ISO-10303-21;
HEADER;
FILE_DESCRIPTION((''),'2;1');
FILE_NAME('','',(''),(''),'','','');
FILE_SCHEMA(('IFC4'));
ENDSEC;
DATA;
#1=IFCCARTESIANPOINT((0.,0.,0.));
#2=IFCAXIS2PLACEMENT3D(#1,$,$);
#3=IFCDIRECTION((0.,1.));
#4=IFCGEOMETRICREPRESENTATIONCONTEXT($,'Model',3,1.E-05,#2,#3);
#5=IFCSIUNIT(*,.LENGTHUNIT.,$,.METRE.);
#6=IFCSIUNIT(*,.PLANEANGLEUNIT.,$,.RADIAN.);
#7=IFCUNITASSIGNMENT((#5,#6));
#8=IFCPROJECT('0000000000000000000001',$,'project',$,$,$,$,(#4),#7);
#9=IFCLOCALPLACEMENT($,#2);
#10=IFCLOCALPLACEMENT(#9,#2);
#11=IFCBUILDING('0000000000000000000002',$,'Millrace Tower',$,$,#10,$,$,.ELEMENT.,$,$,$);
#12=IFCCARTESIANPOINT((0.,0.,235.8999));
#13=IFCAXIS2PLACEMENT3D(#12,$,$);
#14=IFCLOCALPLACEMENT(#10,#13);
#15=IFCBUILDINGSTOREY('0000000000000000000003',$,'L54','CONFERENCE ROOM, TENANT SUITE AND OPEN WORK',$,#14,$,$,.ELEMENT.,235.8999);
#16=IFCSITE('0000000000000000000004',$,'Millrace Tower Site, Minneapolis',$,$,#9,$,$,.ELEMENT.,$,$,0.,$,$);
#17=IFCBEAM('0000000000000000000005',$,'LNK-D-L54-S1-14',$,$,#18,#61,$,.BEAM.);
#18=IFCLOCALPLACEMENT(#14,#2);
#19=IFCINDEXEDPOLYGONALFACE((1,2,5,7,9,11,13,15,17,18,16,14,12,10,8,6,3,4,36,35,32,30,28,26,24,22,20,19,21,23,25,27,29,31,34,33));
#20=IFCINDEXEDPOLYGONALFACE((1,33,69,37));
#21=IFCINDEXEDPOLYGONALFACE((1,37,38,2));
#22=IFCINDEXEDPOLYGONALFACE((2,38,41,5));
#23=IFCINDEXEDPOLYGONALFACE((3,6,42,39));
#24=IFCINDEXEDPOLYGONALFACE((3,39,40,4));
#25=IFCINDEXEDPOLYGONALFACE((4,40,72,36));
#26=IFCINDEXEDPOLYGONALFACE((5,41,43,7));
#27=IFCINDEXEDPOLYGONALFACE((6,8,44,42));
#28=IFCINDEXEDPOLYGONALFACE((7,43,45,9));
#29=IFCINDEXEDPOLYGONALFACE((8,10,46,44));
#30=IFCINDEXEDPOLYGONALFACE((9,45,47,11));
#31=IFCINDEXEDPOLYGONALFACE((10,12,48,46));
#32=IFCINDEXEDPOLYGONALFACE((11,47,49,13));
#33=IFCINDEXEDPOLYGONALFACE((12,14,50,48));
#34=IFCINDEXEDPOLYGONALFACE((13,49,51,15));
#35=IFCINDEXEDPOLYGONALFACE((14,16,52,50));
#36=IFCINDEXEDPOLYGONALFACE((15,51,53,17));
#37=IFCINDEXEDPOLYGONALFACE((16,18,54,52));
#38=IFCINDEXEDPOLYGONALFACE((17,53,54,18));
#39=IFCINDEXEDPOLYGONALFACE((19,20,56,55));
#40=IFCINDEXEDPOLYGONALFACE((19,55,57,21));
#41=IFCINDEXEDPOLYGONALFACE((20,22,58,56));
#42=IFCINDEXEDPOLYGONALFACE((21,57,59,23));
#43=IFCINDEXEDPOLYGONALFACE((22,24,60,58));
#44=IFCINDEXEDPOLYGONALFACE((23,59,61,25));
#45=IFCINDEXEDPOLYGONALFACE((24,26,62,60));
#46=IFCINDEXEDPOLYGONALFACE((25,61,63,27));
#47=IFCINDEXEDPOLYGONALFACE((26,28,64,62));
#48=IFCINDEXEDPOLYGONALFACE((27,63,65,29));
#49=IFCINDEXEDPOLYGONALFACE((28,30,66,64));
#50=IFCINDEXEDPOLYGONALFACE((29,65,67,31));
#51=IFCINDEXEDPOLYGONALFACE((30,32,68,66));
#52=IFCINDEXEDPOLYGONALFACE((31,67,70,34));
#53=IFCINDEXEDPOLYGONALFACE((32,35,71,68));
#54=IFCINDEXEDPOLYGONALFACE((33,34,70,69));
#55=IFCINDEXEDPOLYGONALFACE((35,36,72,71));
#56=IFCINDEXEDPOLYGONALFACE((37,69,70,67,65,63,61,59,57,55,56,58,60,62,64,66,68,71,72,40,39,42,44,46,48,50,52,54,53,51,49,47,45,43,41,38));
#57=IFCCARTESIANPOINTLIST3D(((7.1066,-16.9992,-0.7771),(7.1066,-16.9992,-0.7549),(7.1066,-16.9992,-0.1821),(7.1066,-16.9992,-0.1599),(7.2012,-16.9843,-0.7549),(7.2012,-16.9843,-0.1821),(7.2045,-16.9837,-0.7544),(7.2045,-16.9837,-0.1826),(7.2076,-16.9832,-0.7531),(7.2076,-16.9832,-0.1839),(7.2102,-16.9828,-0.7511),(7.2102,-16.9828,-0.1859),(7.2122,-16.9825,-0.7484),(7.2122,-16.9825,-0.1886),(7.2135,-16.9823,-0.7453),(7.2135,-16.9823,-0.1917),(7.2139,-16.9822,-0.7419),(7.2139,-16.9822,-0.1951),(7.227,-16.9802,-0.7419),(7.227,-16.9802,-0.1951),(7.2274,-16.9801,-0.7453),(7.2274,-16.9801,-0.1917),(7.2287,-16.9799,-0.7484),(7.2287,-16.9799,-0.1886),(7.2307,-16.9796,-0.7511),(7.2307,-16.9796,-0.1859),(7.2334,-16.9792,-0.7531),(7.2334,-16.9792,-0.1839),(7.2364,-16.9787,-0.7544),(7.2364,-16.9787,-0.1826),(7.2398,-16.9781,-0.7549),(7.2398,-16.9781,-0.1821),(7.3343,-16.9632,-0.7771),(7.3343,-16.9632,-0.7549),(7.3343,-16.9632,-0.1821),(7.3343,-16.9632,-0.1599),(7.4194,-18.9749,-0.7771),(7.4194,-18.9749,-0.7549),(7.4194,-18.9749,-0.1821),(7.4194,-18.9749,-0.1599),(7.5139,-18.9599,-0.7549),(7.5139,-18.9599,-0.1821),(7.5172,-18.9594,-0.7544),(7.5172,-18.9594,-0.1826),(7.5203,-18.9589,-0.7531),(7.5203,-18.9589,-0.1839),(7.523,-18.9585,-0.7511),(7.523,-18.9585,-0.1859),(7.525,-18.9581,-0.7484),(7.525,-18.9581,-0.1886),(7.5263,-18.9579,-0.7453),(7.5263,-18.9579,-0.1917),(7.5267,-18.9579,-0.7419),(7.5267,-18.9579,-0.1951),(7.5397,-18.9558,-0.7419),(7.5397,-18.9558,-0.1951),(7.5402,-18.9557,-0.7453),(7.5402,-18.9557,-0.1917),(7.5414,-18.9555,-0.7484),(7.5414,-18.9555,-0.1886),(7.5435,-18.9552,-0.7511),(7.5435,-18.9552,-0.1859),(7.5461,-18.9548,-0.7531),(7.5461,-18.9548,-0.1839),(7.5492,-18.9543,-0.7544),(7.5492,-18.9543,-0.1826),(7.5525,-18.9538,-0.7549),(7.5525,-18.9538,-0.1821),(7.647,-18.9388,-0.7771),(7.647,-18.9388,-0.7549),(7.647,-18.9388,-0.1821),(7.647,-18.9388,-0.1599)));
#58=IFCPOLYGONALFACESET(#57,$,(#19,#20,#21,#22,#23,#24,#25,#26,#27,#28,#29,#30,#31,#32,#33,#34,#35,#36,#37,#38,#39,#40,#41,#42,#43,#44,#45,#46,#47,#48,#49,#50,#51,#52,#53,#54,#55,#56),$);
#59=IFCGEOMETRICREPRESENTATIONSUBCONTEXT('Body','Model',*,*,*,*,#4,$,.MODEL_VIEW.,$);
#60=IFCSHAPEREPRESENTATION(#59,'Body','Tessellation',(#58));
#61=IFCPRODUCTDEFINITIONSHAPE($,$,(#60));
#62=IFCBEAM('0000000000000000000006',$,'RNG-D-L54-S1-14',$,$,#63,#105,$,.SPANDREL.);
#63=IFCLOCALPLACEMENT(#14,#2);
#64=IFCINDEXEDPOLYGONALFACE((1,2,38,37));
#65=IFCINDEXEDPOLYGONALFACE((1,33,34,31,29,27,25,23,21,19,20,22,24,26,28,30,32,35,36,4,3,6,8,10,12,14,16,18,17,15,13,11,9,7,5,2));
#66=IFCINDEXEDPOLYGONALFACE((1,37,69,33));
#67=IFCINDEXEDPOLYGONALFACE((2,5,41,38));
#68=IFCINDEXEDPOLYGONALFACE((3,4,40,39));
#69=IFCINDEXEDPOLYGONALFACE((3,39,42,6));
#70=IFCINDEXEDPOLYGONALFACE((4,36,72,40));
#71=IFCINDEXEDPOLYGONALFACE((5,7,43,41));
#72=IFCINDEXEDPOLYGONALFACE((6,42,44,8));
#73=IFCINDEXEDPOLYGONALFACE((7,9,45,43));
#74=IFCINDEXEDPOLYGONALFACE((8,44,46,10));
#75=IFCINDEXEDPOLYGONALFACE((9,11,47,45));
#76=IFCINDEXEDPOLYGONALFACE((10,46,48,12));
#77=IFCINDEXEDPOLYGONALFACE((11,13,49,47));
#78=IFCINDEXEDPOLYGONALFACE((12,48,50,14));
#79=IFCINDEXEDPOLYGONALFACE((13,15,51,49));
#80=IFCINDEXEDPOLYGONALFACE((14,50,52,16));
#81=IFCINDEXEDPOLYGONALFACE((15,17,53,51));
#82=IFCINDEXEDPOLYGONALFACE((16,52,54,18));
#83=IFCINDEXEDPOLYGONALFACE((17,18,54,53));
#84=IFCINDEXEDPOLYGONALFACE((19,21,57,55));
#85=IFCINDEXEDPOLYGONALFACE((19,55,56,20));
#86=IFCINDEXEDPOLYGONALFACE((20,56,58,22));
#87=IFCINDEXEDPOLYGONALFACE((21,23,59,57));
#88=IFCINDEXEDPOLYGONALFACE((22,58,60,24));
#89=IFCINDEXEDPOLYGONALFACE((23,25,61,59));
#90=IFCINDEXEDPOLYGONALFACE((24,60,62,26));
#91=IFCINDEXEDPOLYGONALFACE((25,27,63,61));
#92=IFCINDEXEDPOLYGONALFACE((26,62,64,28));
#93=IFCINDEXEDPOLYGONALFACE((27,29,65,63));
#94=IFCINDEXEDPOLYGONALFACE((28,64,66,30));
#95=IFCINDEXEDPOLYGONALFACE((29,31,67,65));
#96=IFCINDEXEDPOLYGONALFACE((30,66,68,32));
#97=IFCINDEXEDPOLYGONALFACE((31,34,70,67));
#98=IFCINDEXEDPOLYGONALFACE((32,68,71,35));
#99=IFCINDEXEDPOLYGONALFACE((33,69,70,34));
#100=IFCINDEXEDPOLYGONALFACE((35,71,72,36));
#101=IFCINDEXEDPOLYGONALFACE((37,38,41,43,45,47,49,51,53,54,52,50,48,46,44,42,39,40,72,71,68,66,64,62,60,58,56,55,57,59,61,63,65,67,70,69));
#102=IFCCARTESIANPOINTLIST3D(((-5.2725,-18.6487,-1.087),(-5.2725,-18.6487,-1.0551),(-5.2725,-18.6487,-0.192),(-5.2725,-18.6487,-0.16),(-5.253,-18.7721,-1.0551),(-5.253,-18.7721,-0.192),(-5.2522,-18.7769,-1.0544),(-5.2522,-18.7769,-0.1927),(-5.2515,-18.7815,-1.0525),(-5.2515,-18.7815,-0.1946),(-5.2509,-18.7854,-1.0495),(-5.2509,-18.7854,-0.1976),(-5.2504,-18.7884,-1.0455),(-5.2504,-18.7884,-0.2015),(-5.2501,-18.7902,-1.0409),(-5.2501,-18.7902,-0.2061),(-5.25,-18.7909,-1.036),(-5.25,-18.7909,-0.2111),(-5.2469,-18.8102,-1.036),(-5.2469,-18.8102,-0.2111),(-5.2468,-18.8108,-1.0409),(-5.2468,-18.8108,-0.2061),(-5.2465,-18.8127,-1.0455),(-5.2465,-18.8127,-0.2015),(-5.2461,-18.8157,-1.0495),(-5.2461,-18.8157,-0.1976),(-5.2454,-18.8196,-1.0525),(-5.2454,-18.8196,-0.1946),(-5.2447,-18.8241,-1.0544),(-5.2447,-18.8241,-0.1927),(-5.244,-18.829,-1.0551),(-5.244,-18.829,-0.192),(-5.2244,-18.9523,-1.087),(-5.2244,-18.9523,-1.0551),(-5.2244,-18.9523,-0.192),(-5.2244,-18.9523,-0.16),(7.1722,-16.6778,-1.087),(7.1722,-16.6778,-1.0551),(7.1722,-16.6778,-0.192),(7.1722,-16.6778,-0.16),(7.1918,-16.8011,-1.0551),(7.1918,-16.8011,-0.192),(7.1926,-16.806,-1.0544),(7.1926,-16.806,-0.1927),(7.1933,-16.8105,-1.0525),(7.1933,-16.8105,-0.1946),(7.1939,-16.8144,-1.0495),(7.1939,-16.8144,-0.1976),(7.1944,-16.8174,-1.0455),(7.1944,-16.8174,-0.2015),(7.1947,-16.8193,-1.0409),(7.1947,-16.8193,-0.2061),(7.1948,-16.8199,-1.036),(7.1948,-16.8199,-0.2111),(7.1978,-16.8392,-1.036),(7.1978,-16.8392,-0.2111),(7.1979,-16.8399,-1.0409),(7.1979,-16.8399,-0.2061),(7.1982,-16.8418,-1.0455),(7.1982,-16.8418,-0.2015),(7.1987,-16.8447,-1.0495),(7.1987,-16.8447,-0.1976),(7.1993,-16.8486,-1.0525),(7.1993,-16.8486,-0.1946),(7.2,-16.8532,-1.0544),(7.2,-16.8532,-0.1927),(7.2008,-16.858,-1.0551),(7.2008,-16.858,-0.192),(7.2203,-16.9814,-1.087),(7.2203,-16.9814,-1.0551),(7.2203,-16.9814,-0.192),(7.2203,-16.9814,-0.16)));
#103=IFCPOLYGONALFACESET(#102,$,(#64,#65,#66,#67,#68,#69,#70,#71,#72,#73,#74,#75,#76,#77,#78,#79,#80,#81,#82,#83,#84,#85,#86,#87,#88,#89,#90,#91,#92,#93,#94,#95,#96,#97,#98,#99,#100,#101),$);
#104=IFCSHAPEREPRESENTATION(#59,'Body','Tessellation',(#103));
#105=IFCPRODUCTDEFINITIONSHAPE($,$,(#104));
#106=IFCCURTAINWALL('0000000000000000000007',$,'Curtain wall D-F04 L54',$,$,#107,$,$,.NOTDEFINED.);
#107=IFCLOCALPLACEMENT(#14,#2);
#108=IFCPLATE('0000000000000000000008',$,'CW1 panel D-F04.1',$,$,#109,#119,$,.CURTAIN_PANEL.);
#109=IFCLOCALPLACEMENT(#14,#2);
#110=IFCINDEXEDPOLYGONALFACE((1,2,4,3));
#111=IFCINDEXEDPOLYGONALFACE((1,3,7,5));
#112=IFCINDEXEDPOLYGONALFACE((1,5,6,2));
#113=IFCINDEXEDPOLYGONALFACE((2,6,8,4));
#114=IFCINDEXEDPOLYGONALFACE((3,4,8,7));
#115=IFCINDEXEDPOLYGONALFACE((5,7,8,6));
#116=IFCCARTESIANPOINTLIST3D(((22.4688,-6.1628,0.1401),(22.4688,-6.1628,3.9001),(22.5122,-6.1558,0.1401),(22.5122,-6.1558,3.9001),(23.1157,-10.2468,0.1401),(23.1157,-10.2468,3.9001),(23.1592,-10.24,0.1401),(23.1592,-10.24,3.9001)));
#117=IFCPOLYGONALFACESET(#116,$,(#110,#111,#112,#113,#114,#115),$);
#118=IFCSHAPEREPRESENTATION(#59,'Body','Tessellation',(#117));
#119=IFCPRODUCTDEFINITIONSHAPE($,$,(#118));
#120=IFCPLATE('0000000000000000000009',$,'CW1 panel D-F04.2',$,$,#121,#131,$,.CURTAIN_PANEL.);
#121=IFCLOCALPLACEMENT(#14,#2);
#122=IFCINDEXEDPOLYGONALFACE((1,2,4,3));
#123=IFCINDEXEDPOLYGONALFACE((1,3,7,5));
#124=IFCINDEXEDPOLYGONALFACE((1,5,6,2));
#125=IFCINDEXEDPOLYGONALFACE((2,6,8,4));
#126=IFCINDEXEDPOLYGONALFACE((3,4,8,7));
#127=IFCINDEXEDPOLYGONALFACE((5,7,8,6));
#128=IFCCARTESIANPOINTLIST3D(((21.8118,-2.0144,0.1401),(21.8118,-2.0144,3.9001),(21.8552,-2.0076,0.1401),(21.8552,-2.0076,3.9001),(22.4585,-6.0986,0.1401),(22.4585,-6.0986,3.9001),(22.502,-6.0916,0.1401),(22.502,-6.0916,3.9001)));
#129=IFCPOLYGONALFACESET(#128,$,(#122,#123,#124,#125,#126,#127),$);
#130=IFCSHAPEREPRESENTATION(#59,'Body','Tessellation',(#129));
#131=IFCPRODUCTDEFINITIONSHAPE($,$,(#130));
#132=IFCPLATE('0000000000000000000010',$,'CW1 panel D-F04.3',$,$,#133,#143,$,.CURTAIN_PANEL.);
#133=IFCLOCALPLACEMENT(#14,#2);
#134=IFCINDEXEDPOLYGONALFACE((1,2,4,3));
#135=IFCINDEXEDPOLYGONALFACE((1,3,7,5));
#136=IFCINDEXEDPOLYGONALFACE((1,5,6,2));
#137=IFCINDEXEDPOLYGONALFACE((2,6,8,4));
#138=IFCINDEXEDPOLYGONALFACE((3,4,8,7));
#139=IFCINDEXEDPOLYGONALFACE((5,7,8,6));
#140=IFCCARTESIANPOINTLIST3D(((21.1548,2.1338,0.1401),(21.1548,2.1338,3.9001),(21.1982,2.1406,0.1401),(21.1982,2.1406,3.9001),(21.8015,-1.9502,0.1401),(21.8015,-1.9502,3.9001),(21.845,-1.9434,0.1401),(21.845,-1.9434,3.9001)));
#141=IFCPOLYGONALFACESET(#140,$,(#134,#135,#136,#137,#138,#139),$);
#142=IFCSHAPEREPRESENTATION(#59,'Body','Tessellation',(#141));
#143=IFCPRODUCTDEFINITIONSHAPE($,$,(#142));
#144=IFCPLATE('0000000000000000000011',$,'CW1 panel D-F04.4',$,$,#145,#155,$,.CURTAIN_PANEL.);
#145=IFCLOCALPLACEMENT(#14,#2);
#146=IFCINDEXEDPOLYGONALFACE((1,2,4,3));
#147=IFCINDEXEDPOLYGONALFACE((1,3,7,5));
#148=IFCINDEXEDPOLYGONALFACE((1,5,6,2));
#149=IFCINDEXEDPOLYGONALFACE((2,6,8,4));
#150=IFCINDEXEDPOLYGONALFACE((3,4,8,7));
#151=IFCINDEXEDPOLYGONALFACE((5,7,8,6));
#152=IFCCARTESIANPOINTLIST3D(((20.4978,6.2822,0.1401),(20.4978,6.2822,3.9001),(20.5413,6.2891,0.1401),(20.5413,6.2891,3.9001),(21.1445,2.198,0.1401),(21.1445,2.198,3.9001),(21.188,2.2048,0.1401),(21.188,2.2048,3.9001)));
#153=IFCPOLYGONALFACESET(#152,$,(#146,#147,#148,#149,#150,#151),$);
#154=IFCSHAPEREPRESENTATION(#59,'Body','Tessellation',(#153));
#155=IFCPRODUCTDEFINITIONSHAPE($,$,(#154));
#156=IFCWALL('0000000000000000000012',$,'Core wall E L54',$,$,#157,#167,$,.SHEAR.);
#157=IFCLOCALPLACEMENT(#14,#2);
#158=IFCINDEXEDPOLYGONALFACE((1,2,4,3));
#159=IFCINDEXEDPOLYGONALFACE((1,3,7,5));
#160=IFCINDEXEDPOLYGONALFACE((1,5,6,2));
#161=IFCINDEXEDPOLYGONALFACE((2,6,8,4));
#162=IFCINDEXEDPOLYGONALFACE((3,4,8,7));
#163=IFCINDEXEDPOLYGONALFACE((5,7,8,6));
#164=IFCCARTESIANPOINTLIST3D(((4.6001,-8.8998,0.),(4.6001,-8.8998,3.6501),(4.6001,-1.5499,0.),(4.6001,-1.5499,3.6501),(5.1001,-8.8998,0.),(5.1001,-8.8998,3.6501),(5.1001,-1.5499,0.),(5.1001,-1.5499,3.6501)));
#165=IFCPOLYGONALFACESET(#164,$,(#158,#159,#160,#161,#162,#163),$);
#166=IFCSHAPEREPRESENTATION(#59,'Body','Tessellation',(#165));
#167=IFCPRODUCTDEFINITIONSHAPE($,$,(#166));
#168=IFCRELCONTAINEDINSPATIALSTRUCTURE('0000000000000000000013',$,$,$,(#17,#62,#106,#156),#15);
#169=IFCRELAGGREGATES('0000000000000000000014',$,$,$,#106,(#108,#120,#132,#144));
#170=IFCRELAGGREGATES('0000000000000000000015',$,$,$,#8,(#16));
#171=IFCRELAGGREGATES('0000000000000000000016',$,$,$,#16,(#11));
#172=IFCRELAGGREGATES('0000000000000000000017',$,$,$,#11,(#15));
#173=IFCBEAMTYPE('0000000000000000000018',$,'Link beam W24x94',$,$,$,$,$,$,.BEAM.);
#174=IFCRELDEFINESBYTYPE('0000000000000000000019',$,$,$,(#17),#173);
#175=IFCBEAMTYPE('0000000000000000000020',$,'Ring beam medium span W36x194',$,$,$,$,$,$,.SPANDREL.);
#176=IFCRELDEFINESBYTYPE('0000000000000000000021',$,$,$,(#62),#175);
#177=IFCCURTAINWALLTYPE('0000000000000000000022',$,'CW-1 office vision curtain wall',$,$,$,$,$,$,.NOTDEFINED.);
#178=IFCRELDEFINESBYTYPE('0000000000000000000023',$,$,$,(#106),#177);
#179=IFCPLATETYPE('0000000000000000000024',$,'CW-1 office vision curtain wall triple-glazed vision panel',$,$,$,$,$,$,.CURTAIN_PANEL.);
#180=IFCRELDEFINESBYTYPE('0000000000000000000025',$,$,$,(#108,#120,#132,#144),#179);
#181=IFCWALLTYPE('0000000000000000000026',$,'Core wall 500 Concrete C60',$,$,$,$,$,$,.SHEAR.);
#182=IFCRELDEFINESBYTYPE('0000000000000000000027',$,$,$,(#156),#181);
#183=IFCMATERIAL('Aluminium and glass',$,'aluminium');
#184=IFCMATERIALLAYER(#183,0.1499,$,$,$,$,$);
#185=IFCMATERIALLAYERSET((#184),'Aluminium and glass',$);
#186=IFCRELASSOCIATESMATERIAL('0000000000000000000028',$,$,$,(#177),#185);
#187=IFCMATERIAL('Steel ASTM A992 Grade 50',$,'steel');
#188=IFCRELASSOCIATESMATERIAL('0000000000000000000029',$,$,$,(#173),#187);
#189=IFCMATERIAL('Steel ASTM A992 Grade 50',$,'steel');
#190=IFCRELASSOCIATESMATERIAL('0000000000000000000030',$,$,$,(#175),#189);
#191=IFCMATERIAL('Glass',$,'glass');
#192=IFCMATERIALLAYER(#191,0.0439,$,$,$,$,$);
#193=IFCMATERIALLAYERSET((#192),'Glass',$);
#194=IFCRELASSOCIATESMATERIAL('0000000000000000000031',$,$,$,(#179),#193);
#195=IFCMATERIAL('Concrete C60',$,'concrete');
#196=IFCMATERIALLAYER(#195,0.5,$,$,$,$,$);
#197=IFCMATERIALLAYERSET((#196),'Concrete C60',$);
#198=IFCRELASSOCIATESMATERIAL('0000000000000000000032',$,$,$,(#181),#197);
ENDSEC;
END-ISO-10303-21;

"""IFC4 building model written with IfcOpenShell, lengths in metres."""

from ifc_helpers import new_model, si_unit, direction, frame, frame_2d, origin, origin_2d, place, context, subcontext, project, spatial, polyline, rectangle, i_section, outline, extrude, material, layer, layer_set, material_profile, profile_set, type_object, element, aggregate, save


model = new_model("IFC4")

# Units and contexts
model_context = context("Model", 3, precision=1e-05, world=origin(), true_north=direction((0.0, 1.0)))
body_context = subcontext(model_context, "Body", "Model", "MODEL_VIEW")
ifc_project = project(units=[si_unit("LENGTHUNIT", "METRE"), si_unit("PLANEANGLEUNIT", "RADIAN")], contexts=[model_context])

# Site, building, storey
site_placement = place(None, origin())
site = spatial("IfcSite", under=ifc_project, at=site_placement, Name="Millrace Tower Site, Minneapolis", CompositionType="ELEMENT", RefElevation=0.0)
building_placement = place(site_placement, origin())
building = spatial("IfcBuilding", under=site, at=building_placement, Name="Millrace Tower", CompositionType="ELEMENT")
storey_placement = place(building_placement, frame((0.0, 0.0, 235.8999)))
storey = spatial("IfcBuildingStorey", under=building, at=storey_placement, Name="L54", Description="CONFERENCE ROOM, TENANT SUITE AND OPEN WORK", CompositionType="ELEMENT", Elevation=235.8999)

# Shared definitions
ifc_material_1 = material(Name="Aluminium and glass", Category="aluminium")
ifc_layer_1 = layer(ifc_material_1, 0.1499)
ifc_layer_set_1 = layer_set([ifc_layer_1], Name="Aluminium and glass")
curtain_wall_type = type_object("IfcCurtainWallType", Name="CW-1 office vision curtain wall", PredefinedType="NOTDEFINED", material=ifc_layer_set_1)
placement_1 = place(storey_placement, origin())

# Beams
ifc_material_2 = material(Name="Steel ASTM A992 Grade 50", Category="steel")
ifc_material_profile_1 = material_profile(ifc_material_2, i_section(OverallWidth=0.2305, OverallDepth=0.6172, WebThickness=0.0132, FlangeThickness=0.0222, FilletRadius=0.0129, at=origin_2d()))
ifc_profile_set_1 = profile_set([ifc_material_profile_1], Name="Steel ASTM A992 Grade 50")
beam_type_1 = type_object("IfcBeamType", Name="Link beam W24x94", PredefinedType="BEAM", material=ifc_profile_set_1)
beam_1_placement = place(storey_placement, frame((7.2205, -16.9812, -0.4685), z_axis=(0.156357, -0.987701, 0.0), x_axis=(0.987701, 0.156357, 0.0)))
element("IfcBeam", 1, at=beam_1_placement, inside=storey, type_object=beam_type_1, Name="LNK-D-L54-S1-14", PredefinedType="BEAM", context=body_context, shape_type="SweptSolid", body=[
    extrude(i_section(OverallWidth=0.2305, OverallDepth=0.6172, WebThickness=0.0132, FlangeThickness=0.0222, FilletRadius=0.0129, at=origin_2d()), origin(), (0.0, 0.0, 1.0), 2.0002),
])
ifc_material_3 = material(Name="Steel ASTM A992 Grade 50", Category="steel")
ifc_material_profile_2 = material_profile(ifc_material_3, i_section(OverallWidth=0.3074, OverallDepth=0.927, WebThickness=0.0195, FlangeThickness=0.032, FilletRadius=0.019, at=origin_2d()))
ifc_profile_set_2 = profile_set([ifc_material_profile_2], Name="Steel ASTM A992 Grade 50")
beam_type_2 = type_object("IfcBeamType", Name="Ring beam medium span W36x194", PredefinedType="SPANDREL", material=ifc_profile_set_2)
beam_2_placement = place(storey_placement, frame((7.1963, -16.8296, -0.6235), z_axis=(-0.98769, -0.156425, 0.0), x_axis=(0.156425, -0.98769, 0.0)))
element("IfcBeam", 2, at=beam_2_placement, inside=storey, type_object=beam_type_2, Name="RNG-D-L54-S1-14", PredefinedType="SPANDREL", context=body_context, shape_type="SweptSolid", body=[
    extrude(i_section(OverallWidth=0.3074, OverallDepth=0.927, WebThickness=0.0195, FlangeThickness=0.032, FilletRadius=0.019, at=origin_2d()), origin(), (0.0, 0.0, 1.0), 12.5999),
])

# Curtain wall, plates
curtain_wall_1 = element("IfcCurtainWall", 3, at=placement_1, inside=storey, type_object=curtain_wall_type, Name="Curtain wall D-F04 L54", PredefinedType="NOTDEFINED")
ifc_material_4 = material(Name="Glass", Category="glass")
ifc_layer_2 = layer(ifc_material_4, 0.0439)
ifc_layer_set_2 = layer_set([ifc_layer_2], Name="Glass")
plate_type = type_object("IfcPlateType", Name="CW-1 office vision curtain wall triple-glazed vision panel", PredefinedType="CURTAIN_PANEL", material=ifc_layer_set_2)
placement_2 = place(storey_placement, frame((0.0, 0.0, 0.1401)))
plate_1 = element("IfcPlate", 4, at=placement_2, type_object=plate_type, Name="CW1 panel D-F04.1", PredefinedType="CURTAIN_PANEL", context=body_context, shape_type="SweptSolid", body=[
    extrude(outline(polyline([(23.1592, -10.24), (22.5122, -6.1558), (22.4688, -6.1628), (23.1157, -10.2468), (23.1592, -10.24)])), origin(), (0.0, 0.0, 1.0), 3.76),
])
plate_2 = element("IfcPlate", 5, at=placement_2, type_object=plate_type, Name="CW1 panel D-F04.2", PredefinedType="CURTAIN_PANEL", context=body_context, shape_type="SweptSolid", body=[
    extrude(outline(polyline([(22.502, -6.0916), (21.8552, -2.0076), (21.8118, -2.0144), (22.4585, -6.0986), (22.502, -6.0916)])), origin(), (0.0, 0.0, 1.0), 3.76),
])
plate_3 = element("IfcPlate", 6, at=placement_2, type_object=plate_type, Name="CW1 panel D-F04.3", PredefinedType="CURTAIN_PANEL", context=body_context, shape_type="SweptSolid", body=[
    extrude(outline(polyline([(21.845, -1.9434), (21.1982, 2.1406), (21.1548, 2.1338), (21.8015, -1.9502), (21.845, -1.9434)])), origin(), (0.0, 0.0, 1.0), 3.76),
])
plate_4 = element("IfcPlate", 7, at=placement_2, type_object=plate_type, Name="CW1 panel D-F04.4", PredefinedType="CURTAIN_PANEL", context=body_context, shape_type="SweptSolid", body=[
    extrude(outline(polyline([(21.188, 2.2048), (20.5413, 6.2891), (20.4978, 6.2822), (21.1445, 2.198), (21.188, 2.2048)])), origin(), (0.0, 0.0, 1.0), 3.76),
])
aggregate(curtain_wall_1, [plate_1, plate_2, plate_3, plate_4])

# Wall
ifc_material_5 = material(Name="Concrete C60", Category="concrete")
ifc_layer_3 = layer(ifc_material_5, 0.5)
ifc_layer_set_3 = layer_set([ifc_layer_3], Name="Concrete C60")
wall_type_1 = type_object("IfcWallType", Name="Core wall 500 Concrete C60", PredefinedType="SHEAR", material=ifc_layer_set_3)
wall_1_placement = place(storey_placement, frame((4.8501, -1.55, 0.0), z_axis=(0.0, 0.0, 1.0), x_axis=(0.0, -1.0, 0.0)))
element("IfcWall", 8, at=wall_1_placement, inside=storey, type_object=wall_type_1, Name="Core wall E L54", PredefinedType="SHEAR", context=body_context, shape_type="SweptSolid", body=[
    extrude(rectangle(XDim=7.3499, YDim=0.5, at=frame_2d((3.6748, 0.0))), origin(), (0.0, 0.0, 1.0), 3.6501),
])

save(model, "model.ifc")
